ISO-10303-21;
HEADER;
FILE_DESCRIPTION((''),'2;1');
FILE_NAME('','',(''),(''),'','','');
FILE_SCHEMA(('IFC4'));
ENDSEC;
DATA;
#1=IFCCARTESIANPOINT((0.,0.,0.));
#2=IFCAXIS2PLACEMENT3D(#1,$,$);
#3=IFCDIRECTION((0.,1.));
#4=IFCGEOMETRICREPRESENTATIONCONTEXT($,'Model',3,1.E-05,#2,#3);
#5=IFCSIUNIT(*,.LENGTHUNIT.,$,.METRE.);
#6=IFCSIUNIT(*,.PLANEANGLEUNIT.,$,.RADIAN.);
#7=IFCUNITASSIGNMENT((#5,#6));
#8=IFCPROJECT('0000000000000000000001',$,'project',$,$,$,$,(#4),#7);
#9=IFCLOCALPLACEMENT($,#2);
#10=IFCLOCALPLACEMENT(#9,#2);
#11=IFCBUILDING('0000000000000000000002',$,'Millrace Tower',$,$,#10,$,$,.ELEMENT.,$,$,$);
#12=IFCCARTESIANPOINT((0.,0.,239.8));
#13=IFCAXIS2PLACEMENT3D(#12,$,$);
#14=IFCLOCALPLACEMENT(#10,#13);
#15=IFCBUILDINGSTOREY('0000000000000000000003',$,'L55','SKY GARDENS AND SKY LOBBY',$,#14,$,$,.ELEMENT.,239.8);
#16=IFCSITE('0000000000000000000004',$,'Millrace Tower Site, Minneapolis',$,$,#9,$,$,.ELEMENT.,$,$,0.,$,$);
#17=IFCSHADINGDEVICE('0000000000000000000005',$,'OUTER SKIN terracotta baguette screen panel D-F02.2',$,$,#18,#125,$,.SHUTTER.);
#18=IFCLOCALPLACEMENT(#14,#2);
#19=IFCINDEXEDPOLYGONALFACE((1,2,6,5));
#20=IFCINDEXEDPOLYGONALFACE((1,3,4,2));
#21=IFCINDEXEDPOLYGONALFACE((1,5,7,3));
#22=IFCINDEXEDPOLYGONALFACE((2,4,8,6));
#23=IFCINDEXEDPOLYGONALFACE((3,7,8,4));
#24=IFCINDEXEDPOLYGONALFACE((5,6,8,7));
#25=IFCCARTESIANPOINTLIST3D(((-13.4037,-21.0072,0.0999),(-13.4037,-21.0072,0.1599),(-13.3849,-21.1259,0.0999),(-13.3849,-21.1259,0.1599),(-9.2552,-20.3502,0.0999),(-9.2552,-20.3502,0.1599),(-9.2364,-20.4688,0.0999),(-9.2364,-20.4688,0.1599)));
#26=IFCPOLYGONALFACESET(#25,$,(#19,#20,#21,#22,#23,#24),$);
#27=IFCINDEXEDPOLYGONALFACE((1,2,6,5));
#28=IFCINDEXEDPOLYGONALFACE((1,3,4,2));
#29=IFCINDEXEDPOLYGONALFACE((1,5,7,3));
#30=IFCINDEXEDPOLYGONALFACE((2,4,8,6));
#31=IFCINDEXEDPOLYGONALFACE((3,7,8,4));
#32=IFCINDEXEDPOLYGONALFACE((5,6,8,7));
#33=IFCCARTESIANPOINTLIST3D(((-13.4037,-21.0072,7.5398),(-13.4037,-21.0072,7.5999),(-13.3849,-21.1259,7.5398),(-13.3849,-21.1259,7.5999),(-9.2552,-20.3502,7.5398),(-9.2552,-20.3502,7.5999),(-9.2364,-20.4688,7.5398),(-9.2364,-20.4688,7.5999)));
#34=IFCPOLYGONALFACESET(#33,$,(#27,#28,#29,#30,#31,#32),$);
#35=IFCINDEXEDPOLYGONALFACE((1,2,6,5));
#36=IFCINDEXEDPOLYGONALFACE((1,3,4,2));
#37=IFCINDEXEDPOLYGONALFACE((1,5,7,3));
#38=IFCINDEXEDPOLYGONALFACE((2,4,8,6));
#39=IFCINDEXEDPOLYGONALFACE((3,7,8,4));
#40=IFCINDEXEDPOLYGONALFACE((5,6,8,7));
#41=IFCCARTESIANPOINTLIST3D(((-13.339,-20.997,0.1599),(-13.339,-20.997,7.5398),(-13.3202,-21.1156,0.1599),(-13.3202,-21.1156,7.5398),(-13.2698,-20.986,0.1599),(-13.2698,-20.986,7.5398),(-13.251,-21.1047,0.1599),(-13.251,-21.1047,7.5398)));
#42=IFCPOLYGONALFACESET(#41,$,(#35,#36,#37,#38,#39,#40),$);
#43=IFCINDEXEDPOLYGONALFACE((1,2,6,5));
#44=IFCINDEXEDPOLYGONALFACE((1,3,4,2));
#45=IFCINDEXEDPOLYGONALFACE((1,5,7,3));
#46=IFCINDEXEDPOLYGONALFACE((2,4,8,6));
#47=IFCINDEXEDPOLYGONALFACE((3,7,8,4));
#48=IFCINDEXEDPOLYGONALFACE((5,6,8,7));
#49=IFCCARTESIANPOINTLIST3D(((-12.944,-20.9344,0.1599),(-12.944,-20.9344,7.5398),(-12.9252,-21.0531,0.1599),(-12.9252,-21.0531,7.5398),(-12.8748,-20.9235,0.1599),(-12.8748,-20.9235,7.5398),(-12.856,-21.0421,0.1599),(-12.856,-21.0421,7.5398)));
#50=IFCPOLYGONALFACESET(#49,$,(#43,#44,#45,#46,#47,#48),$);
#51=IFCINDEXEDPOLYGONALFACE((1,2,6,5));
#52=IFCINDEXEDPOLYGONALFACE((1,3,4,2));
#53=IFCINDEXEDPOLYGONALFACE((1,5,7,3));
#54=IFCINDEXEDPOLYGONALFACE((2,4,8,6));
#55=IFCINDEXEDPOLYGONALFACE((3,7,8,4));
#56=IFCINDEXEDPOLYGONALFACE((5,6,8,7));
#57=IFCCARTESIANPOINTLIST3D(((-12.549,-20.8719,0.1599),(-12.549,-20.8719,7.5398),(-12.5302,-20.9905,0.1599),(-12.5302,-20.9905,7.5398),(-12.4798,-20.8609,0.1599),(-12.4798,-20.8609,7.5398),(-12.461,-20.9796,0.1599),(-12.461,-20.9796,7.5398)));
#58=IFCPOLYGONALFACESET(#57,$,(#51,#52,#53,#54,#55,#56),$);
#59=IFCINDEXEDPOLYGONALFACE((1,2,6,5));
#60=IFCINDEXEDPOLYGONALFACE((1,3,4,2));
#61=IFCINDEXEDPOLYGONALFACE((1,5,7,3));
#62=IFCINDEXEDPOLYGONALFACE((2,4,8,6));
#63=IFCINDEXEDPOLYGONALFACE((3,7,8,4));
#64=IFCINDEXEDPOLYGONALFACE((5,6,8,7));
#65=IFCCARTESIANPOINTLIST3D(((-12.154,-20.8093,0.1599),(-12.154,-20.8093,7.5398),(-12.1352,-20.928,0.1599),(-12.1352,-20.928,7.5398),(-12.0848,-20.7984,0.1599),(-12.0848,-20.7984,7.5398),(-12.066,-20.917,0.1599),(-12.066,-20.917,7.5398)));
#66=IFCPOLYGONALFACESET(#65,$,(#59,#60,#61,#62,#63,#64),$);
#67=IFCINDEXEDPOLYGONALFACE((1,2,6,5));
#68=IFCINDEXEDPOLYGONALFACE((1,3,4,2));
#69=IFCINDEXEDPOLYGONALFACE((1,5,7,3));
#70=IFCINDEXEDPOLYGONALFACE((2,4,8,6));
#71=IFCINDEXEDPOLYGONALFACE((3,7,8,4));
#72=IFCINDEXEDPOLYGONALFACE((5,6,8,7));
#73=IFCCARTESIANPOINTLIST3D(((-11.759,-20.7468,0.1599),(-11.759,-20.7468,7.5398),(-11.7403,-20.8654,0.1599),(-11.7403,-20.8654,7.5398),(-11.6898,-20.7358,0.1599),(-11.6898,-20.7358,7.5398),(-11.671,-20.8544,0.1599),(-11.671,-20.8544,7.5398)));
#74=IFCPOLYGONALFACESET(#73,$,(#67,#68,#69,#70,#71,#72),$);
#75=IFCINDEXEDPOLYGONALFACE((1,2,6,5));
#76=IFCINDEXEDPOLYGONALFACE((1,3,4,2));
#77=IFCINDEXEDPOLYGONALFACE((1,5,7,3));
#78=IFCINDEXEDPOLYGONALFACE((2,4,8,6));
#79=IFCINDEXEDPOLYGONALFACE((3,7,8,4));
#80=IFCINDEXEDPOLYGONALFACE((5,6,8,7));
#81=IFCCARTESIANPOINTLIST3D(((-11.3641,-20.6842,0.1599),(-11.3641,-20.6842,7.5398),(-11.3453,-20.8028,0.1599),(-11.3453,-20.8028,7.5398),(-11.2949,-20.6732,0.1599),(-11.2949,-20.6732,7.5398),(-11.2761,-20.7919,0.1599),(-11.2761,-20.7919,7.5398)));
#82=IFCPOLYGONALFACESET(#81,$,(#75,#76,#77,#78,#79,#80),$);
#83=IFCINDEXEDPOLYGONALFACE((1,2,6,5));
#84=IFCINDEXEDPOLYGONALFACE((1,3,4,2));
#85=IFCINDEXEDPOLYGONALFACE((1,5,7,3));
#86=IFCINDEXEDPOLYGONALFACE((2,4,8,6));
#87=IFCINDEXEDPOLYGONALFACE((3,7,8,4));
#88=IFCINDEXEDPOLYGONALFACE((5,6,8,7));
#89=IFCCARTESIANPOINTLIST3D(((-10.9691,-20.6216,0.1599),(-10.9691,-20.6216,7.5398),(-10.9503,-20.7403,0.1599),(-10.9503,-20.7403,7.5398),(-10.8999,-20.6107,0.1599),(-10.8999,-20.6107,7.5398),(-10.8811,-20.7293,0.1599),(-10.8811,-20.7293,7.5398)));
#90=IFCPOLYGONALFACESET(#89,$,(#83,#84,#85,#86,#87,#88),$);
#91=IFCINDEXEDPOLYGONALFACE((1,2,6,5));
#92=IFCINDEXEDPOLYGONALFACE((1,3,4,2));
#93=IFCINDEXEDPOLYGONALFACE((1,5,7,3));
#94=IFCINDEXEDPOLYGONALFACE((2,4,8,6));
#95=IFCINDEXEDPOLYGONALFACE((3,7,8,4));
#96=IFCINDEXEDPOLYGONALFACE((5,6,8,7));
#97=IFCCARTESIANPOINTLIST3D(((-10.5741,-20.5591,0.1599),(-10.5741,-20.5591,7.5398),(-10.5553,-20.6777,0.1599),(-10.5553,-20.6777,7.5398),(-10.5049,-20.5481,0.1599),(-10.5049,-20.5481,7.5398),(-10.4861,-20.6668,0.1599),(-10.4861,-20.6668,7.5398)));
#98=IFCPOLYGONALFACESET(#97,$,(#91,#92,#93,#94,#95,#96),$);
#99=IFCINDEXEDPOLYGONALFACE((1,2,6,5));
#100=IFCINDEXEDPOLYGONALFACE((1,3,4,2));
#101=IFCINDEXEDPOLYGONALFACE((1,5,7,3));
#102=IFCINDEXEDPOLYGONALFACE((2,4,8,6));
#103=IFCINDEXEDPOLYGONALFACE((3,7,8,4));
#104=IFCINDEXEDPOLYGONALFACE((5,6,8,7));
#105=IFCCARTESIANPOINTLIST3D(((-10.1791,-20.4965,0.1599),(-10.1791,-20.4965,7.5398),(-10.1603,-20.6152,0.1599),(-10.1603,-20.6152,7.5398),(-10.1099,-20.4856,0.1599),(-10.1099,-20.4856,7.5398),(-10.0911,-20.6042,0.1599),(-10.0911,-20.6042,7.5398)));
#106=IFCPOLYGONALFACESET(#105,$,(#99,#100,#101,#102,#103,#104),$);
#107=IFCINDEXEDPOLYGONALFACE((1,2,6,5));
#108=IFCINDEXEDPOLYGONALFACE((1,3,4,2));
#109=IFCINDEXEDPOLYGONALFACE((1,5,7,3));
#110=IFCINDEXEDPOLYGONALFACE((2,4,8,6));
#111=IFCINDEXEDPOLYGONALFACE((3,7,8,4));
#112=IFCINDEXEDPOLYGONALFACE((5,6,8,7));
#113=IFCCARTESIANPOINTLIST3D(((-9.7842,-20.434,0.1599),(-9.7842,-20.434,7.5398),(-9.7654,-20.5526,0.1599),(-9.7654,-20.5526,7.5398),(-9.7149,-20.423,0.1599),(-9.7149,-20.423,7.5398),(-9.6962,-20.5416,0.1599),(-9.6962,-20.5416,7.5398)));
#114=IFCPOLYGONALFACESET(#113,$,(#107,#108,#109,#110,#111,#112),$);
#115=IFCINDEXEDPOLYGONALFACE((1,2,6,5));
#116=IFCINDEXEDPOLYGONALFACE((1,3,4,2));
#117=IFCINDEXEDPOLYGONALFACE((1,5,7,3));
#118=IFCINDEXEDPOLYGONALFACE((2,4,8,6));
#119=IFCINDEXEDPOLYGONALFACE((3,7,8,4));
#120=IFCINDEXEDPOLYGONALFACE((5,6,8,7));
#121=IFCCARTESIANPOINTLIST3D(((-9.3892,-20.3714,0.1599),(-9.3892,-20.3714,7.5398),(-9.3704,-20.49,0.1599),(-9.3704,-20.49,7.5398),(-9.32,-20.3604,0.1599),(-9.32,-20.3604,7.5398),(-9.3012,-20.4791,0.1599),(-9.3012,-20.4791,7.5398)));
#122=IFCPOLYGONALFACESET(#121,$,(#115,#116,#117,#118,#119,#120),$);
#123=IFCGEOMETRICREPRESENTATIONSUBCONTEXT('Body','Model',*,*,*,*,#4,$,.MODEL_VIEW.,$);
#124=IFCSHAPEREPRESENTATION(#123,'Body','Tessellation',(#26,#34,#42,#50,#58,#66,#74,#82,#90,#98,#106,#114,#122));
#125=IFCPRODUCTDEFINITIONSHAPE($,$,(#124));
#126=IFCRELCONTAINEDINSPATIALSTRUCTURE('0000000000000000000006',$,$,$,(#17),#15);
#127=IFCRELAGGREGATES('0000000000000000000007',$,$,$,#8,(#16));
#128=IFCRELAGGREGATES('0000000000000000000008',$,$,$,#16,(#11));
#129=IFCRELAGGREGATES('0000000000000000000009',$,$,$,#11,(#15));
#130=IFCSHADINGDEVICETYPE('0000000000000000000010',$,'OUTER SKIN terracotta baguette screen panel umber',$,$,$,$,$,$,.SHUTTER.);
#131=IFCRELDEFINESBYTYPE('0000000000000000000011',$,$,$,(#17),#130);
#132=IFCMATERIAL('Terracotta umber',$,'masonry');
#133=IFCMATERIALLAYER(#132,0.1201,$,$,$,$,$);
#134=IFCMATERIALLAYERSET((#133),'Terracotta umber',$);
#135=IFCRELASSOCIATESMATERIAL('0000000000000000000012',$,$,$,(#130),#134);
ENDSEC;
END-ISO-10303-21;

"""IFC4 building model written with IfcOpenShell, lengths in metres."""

from ifc_helpers import new_model, entity, si_unit, direction, frame, frame_2d, origin, origin_2d, place, context, subcontext, project, spatial, rectangle, extrude, source, transform, mapped, material, layer, layer_set, type_object, element, save


model = new_model("IFC4")

# Units and contexts
model_context = context("Model", 3, precision=1e-05, world=origin(), true_north=direction((0.0, 1.0)))
body_context = subcontext(model_context, "Body", "Model", "MODEL_VIEW")
ifc_project = project(units=[si_unit("LENGTHUNIT", "METRE"), si_unit("PLANEANGLEUNIT", "RADIAN")], contexts=[model_context])

# Site, building, storey
site_placement = place(None, origin())
site = spatial("IfcSite", under=ifc_project, at=site_placement, Name="Millrace Tower Site, Minneapolis", CompositionType="ELEMENT", RefElevation=0.0)
building_placement = place(site_placement, origin())
building = spatial("IfcBuilding", under=site, at=building_placement, Name="Millrace Tower", CompositionType="ELEMENT")
storey_placement = place(building_placement, frame((0.0, 0.0, 239.8)))
storey = spatial("IfcBuildingStorey", under=building, at=storey_placement, Name="L55", Description="SKY GARDENS AND SKY LOBBY", CompositionType="ELEMENT", Elevation=239.8)

# Shading device
ifc_material_1 = material(Name="Terracotta umber", Category="masonry")
ifc_layer_1 = layer(ifc_material_1, 0.1201)
ifc_layer_set_1 = layer_set([ifc_layer_1], Name="Terracotta umber")
shading_device_type = type_object("IfcShadingDeviceType", Name="OUTER SKIN terracotta baguette screen panel umber", PredefinedType="SHUTTER", material=ifc_layer_set_1)
cartesian_point_1 = entity("IfcCartesianPoint", [-2.1001, 0.0601])
shared_polyline_1 = entity("IfcPolyline", [cartesian_point_1, entity("IfcCartesianPoint", [2.1001, 0.0601]), entity("IfcCartesianPoint", [2.1001, -0.0601]), entity("IfcCartesianPoint", [-2.1001, -0.0601]), cartesian_point_1])
shared_shape_1 = source(origin(), body_context, "Body", "SweptSolid", [
    entity("IfcExtrudedAreaSolid", entity("IfcArbitraryClosedProfileDef", "AREA", None, shared_polyline_1), entity("IfcAxis2Placement3D", entity("IfcCartesianPoint", [0.0, 0.0, 0.0])), entity("IfcDirection", [0.0, 0.0, 1.0]), 0.0601),
    entity("IfcExtrudedAreaSolid", entity("IfcArbitraryClosedProfileDef", "AREA", None, shared_polyline_1), entity("IfcAxis2Placement3D", entity("IfcCartesianPoint", [0.0, 0.0, 7.4399])), entity("IfcDirection", [0.0, 0.0, 1.0]), 0.0601),
    extrude(rectangle(XDim=0.0701, YDim=0.1201, at=frame_2d((-1.9995, 0.0))), frame((0.0, 0.0, 0.0601)), (0.0, 0.0, 1.0), 7.3799),
    extrude(rectangle(XDim=0.0701, YDim=0.1201, at=frame_2d((-1.5996, 0.0))), frame((0.0, 0.0, 0.0601)), (0.0, 0.0, 1.0), 7.3799),
    extrude(rectangle(XDim=0.0701, YDim=0.1201, at=frame_2d((-1.1997, 0.0))), frame((0.0, 0.0, 0.0601)), (0.0, 0.0, 1.0), 7.3799),
    extrude(rectangle(XDim=0.0701, YDim=0.1201, at=frame_2d((-0.7998, 0.0))), frame((0.0, 0.0, 0.0601)), (0.0, 0.0, 1.0), 7.3799),
    extrude(rectangle(XDim=0.0701, YDim=0.1201, at=frame_2d((-0.3999, 0.0))), frame((0.0, 0.0, 0.0601)), (0.0, 0.0, 1.0), 7.3799),
    extrude(rectangle(XDim=0.0701, YDim=0.1201, at=origin_2d()), frame((0.0, 0.0, 0.0601)), (0.0, 0.0, 1.0), 7.3799),
    extrude(rectangle(XDim=0.0701, YDim=0.1201, at=frame_2d((0.3999, 0.0))), frame((0.0, 0.0, 0.0601)), (0.0, 0.0, 1.0), 7.3799),
    extrude(rectangle(XDim=0.0701, YDim=0.1201, at=frame_2d((0.7998, 0.0))), frame((0.0, 0.0, 0.0601)), (0.0, 0.0, 1.0), 7.3799),
    extrude(rectangle(XDim=0.0701, YDim=0.1201, at=frame_2d((1.1997, 0.0))), frame((0.0, 0.0, 0.0601)), (0.0, 0.0, 1.0), 7.3799),
    extrude(rectangle(XDim=0.0701, YDim=0.1201, at=frame_2d((1.5996, 0.0))), frame((0.0, 0.0, 0.0601)), (0.0, 0.0, 1.0), 7.3799),
    extrude(rectangle(XDim=0.0701, YDim=0.1201, at=frame_2d((1.9995, 0.0))), frame((0.0, 0.0, 0.0601)), (0.0, 0.0, 1.0), 7.3799),
])
shading_device_1_placement = place(storey_placement, frame((-11.3201, -20.738, 0.0999), z_axis=(0.0, 0.0, 1.0), x_axis=(0.987688, 0.156434, 0.0)))
element("IfcShadingDevice", 1, at=shading_device_1_placement, inside=storey, type_object=shading_device_type, Name="OUTER SKIN terracotta baguette screen panel D-F02.2", PredefinedType="SHUTTER", context=body_context, shape_type="MappedRepresentation", body=[
    mapped(shared_shape_1, transform((0.0, 0.0, 0.0), scale=1.0)),
])

save(model, "model.ifc")
